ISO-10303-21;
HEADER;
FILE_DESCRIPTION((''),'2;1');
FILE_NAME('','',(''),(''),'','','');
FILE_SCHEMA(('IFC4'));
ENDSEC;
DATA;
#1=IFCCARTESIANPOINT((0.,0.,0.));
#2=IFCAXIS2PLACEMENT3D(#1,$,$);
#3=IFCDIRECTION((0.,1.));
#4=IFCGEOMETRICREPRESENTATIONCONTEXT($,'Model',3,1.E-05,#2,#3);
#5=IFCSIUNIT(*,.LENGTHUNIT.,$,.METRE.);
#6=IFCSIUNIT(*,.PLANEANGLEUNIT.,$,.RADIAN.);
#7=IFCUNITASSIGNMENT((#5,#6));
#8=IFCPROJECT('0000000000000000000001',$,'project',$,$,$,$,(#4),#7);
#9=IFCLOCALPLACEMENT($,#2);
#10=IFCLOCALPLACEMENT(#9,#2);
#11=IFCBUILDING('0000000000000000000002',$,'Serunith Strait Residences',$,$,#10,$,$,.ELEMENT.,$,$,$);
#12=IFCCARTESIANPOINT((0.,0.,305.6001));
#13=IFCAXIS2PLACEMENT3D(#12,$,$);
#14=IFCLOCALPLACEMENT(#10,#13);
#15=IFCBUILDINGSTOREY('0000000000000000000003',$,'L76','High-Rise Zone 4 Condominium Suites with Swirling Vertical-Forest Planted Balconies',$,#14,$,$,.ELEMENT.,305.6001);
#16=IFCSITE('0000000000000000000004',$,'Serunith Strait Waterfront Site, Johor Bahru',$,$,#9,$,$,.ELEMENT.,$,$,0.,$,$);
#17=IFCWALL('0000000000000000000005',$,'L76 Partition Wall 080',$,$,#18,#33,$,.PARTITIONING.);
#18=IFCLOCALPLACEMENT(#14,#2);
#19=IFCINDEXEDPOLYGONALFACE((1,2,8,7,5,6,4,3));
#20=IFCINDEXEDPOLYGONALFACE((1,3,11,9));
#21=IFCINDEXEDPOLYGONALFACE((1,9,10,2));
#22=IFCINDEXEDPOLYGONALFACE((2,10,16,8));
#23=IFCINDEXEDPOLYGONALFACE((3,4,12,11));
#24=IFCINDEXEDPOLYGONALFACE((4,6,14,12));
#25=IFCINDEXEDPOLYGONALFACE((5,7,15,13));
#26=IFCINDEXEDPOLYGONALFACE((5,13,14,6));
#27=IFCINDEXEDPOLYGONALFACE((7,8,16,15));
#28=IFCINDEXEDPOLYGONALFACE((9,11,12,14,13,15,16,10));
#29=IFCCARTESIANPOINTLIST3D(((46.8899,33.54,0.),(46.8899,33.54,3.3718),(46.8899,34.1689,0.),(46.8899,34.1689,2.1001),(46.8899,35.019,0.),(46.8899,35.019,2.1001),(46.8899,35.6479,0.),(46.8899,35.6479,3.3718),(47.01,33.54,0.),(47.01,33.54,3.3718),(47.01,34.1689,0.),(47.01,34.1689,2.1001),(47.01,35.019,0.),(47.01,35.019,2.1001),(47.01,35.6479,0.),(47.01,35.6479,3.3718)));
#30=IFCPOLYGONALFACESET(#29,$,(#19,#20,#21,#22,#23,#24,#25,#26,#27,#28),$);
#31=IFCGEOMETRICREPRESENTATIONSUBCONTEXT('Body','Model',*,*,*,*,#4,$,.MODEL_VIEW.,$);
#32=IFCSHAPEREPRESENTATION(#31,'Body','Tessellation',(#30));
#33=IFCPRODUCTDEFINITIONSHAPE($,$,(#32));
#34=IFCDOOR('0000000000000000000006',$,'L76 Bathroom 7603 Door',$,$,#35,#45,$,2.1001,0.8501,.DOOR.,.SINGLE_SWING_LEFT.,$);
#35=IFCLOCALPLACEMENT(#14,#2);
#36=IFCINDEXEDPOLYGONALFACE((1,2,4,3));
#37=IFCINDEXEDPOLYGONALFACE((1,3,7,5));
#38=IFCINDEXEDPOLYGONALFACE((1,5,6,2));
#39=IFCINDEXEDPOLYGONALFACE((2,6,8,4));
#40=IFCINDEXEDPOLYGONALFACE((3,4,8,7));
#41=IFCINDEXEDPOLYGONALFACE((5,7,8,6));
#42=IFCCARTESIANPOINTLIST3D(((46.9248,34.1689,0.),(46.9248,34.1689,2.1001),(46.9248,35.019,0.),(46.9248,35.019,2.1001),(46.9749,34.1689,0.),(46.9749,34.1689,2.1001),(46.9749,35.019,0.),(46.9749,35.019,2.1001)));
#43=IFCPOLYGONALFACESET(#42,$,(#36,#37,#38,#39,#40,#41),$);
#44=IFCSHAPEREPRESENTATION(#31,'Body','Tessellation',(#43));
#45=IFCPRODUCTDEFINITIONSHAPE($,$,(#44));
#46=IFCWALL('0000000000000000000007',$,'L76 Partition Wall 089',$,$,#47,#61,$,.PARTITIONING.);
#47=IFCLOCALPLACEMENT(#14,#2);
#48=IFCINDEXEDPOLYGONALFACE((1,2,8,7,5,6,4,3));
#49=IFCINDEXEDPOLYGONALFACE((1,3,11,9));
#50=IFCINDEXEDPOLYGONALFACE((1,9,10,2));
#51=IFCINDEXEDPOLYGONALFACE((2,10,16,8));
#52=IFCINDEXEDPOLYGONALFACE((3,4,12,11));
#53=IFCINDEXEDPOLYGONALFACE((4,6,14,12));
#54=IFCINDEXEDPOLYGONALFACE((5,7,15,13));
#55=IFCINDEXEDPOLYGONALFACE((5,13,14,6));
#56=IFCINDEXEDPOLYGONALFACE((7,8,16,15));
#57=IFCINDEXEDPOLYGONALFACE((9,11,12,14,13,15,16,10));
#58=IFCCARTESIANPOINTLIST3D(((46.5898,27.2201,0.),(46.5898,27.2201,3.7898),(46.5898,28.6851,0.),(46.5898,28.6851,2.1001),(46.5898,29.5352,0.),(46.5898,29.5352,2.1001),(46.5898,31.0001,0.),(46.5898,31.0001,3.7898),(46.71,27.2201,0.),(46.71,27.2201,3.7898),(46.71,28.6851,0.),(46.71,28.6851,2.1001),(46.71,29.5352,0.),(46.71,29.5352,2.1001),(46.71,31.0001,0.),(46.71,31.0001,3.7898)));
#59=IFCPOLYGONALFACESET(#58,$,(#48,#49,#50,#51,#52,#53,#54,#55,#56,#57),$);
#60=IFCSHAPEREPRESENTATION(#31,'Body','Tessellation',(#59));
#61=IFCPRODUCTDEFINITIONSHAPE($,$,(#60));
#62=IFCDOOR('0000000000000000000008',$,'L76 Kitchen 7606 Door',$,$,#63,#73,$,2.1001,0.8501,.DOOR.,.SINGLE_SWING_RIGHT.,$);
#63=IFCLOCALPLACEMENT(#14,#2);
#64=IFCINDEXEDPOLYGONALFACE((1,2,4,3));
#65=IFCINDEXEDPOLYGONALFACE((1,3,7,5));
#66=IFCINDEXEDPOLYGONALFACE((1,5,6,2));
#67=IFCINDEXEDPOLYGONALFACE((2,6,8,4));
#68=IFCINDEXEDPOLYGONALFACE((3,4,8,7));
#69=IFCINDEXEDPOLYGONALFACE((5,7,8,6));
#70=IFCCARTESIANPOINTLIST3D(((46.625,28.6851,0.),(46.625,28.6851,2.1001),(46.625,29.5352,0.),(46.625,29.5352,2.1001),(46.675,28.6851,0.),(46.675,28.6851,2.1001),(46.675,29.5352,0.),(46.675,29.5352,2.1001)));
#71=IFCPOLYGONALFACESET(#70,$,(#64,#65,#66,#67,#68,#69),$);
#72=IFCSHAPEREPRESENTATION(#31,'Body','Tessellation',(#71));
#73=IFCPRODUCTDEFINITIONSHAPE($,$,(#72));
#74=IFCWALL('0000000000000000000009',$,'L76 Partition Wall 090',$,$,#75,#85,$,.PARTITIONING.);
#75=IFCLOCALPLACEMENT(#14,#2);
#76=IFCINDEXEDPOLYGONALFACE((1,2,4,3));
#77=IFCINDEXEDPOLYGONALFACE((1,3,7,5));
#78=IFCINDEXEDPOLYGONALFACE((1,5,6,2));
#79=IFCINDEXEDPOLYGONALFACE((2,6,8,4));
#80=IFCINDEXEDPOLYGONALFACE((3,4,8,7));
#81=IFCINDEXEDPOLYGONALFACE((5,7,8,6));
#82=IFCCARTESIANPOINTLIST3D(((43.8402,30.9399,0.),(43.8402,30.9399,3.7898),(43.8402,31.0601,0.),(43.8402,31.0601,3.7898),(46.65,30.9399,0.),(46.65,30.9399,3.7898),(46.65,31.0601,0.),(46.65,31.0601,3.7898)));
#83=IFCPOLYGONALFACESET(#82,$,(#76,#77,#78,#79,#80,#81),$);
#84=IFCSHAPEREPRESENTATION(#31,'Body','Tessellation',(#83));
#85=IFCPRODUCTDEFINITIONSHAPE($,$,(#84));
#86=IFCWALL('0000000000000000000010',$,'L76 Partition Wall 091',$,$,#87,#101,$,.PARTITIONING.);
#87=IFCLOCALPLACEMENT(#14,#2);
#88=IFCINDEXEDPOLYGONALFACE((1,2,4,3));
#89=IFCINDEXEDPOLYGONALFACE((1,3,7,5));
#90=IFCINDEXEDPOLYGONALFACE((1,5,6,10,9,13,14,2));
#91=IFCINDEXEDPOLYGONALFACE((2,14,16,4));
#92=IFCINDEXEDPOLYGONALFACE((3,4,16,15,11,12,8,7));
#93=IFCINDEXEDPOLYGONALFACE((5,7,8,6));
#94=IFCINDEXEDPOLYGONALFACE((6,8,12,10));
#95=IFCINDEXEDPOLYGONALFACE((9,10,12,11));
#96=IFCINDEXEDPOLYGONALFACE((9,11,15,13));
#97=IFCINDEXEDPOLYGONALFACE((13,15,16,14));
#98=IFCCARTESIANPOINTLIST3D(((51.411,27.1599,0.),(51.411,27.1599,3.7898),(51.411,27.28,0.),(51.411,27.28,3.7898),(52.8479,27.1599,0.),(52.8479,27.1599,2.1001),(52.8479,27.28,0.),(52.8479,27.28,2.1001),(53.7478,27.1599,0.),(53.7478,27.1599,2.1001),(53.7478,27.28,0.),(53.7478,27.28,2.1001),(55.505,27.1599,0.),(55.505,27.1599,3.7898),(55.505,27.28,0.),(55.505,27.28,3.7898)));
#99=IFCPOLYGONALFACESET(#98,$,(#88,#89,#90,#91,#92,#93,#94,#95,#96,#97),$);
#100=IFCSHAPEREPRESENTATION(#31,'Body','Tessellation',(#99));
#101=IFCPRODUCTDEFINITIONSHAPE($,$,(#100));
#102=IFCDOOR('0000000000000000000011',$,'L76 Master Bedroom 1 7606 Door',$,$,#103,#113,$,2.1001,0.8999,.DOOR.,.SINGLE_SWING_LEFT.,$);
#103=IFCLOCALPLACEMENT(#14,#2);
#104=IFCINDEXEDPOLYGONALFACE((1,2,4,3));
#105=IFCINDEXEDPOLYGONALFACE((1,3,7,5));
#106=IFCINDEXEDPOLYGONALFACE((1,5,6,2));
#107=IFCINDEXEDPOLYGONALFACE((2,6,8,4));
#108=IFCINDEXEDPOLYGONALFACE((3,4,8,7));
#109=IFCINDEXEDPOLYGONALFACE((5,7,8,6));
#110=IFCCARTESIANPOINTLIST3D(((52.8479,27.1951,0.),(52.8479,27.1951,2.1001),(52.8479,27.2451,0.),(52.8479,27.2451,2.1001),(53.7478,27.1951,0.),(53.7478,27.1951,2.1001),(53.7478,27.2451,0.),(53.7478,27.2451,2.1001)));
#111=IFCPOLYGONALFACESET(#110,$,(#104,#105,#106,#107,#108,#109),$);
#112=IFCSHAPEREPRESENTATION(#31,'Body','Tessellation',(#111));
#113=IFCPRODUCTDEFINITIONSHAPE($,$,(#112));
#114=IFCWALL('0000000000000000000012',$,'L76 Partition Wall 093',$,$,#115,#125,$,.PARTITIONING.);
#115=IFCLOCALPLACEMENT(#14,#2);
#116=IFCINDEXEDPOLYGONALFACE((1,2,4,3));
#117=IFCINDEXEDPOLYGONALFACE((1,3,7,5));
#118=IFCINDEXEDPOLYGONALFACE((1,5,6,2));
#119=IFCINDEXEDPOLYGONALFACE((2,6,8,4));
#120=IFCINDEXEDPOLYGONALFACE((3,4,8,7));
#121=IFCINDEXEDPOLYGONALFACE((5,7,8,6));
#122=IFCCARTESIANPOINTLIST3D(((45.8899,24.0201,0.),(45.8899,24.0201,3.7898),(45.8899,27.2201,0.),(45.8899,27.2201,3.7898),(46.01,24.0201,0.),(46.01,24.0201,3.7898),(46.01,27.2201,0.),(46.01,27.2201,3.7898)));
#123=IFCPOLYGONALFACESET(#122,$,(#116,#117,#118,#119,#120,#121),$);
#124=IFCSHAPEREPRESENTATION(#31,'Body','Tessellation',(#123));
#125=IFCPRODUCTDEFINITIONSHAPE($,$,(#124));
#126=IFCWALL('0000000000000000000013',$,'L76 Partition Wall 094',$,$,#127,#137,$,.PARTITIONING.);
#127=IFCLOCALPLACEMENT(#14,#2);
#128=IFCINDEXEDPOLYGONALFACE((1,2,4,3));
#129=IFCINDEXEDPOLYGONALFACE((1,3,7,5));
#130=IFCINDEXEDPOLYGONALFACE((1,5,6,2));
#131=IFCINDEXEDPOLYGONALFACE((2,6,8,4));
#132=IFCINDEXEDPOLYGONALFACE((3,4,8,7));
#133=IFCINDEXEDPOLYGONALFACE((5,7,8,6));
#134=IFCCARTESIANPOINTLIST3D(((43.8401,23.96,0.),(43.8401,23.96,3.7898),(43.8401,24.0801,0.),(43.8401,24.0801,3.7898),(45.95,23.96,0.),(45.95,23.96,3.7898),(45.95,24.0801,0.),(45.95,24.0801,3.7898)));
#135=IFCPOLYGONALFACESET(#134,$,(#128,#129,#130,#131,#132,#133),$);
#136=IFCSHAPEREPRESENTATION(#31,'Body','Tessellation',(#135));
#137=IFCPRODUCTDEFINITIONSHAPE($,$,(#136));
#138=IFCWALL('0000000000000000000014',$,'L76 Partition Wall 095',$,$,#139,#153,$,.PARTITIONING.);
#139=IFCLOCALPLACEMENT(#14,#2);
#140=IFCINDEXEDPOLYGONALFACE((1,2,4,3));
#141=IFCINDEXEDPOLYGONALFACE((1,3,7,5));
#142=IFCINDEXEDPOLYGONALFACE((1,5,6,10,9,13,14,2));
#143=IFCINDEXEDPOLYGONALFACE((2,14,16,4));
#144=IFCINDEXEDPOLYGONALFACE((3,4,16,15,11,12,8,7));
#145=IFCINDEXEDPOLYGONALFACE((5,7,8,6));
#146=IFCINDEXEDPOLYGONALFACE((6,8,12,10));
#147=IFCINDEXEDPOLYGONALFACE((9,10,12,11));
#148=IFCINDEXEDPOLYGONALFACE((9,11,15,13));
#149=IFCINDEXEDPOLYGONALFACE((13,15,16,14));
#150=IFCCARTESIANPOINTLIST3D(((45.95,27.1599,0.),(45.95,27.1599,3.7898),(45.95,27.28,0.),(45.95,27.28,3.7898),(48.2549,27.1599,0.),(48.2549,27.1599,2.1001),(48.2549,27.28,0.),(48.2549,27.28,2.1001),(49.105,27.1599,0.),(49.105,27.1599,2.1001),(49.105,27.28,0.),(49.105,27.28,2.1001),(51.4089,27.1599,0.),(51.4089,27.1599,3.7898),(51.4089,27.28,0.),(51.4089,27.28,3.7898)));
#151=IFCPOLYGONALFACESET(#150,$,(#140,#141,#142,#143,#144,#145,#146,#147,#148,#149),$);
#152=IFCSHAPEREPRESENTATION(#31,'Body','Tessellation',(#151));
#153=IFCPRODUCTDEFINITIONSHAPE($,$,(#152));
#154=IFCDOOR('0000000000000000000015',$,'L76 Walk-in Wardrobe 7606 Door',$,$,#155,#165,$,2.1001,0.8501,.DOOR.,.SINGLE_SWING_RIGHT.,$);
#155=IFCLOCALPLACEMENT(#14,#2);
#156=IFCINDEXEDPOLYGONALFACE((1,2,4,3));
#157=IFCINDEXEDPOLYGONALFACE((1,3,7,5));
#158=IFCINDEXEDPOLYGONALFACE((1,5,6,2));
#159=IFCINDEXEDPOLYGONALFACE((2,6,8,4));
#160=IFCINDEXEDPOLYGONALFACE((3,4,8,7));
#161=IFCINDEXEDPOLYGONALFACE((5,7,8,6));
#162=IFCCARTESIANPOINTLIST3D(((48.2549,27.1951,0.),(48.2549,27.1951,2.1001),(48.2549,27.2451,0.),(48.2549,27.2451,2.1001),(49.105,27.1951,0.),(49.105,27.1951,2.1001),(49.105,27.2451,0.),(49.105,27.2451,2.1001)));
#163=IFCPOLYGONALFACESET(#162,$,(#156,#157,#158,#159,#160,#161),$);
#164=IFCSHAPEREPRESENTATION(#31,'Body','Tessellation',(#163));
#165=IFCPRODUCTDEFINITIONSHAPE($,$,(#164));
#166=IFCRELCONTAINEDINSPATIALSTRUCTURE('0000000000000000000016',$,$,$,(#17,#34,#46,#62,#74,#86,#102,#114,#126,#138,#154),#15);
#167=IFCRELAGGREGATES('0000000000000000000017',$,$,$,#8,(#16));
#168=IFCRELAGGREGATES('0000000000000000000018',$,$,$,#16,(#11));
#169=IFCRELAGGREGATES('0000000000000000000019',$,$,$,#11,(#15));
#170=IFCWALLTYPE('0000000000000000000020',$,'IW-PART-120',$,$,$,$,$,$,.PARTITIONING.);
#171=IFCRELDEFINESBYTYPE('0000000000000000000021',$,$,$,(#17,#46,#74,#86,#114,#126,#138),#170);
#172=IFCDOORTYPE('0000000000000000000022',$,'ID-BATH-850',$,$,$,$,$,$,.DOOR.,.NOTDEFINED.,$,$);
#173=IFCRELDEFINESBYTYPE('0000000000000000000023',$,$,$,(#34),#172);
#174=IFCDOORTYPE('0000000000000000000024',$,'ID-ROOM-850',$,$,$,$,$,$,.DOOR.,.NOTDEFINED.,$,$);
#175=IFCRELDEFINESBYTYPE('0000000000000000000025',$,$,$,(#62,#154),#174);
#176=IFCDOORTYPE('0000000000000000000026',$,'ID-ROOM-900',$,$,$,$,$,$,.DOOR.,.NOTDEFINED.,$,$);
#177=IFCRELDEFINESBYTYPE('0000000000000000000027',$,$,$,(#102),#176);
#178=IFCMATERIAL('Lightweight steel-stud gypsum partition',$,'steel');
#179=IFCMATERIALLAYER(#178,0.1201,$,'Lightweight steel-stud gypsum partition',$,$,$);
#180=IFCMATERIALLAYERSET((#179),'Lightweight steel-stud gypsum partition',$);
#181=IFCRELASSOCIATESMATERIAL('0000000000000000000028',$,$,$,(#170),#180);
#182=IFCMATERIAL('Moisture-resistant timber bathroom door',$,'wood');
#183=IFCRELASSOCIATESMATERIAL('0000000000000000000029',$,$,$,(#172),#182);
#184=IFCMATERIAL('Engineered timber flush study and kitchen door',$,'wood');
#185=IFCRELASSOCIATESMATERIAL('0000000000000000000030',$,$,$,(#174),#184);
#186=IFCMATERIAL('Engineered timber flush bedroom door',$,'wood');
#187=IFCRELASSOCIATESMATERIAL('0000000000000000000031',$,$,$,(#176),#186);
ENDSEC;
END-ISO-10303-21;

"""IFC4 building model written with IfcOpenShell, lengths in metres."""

from ifc_helpers import new_model, si_unit, direction, frame, frame_2d, origin, place, context, subcontext, project, spatial, rectangle, extrude, source, transform, mapped, material, layer, layer_set, type_object, element, fill, save


model = new_model("IFC4")

# Units and contexts
model_context = context("Model", 3, precision=1e-05, world=origin(), true_north=direction((0.0, 1.0)))
body_context = subcontext(model_context, "Body", "Model", "MODEL_VIEW")
ifc_project = project(units=[si_unit("LENGTHUNIT", "METRE"), si_unit("PLANEANGLEUNIT", "RADIAN")], contexts=[model_context])

# Site, building, storey
site_placement = place(None, origin())
site = spatial("IfcSite", under=ifc_project, at=site_placement, Name="Serunith Strait Waterfront Site, Johor Bahru", CompositionType="ELEMENT", RefElevation=0.0)
building_placement = place(site_placement, origin())
building = spatial("IfcBuilding", under=site, at=building_placement, Name="Serunith Strait Residences", CompositionType="ELEMENT")
storey_placement = place(building_placement, frame((0.0, 0.0, 305.6001)))
storey = spatial("IfcBuildingStorey", under=building, at=storey_placement, Name="L76", Description="High-Rise Zone 4 Condominium Suites with Swirling Vertical-Forest Planted Balconies", CompositionType="ELEMENT", Elevation=305.6001)

# Shared definitions
ifc_material_1 = material(Name="Lightweight steel-stud gypsum partition", Category="steel")
ifc_layer_1 = layer(ifc_material_1, 0.1201, Name="Lightweight steel-stud gypsum partition")
ifc_layer_set_1 = layer_set([ifc_layer_1], Name="Lightweight steel-stud gypsum partition")
wall_type_1 = type_object("IfcWallType", Name="IW-PART-120", PredefinedType="PARTITIONING", material=ifc_layer_set_1)

# Walls, openings, doors
wall_1_placement = place(storey_placement, frame((46.95, 35.6479, 0.0), z_axis=(0.0, 0.0, 1.0), x_axis=(0.0, -1.0, 0.0)))
wall_1 = element("IfcWall", 1, at=wall_1_placement, inside=storey, type_object=wall_type_1, Name="L76 Partition Wall 080", PredefinedType="PARTITIONING", context=body_context, shape_type="SweptSolid", body=[
    extrude(rectangle(XDim=2.1079, YDim=0.1201, at=frame_2d((1.054, 0.0))), origin(), (0.0, 0.0, 1.0), 3.3718),
])
opening_1_placement = place(wall_1_placement, frame((0.6289, 0.0, 0.0)))
opening_1 = element("IfcOpeningElement", 2, at=opening_1_placement, cuts=wall_1, PredefinedType="OPENING", context=body_context, shape_type="SweptSolid", body=[
    extrude(rectangle(XDim=0.8501, YDim=2.1001, at=frame_2d((0.425, 1.05))), frame((0.0, 0.0701, 0.0), z_axis=(0.0, -1.0, 0.0), x_axis=(1.0, 0.0, 0.0)), (0.0, 0.0, 1.0), 0.1401),
])
ifc_material_2 = material(Name="Moisture-resistant timber bathroom door", Category="wood")
door_type_1 = type_object("IfcDoorType", Name="ID-BATH-850", OperationType="NOTDEFINED", PredefinedType="DOOR", material=ifc_material_2)
shared_shape_1 = source(origin(), body_context, "Body", "SweptSolid", [
    extrude(rectangle(XDim=0.8501, YDim=2.1001, at=frame_2d((0.425, 1.05))), frame((0.0, 0.0249, 0.0), z_axis=(0.0, -1.0, 0.0), x_axis=(1.0, 0.0, 0.0)), (0.0, 0.0, 1.0), 0.05),
])
door_1_placement = place(opening_1_placement, origin())
door_1 = element("IfcDoor", 3, at=door_1_placement, inside=storey, type_object=door_type_1, Name="L76 Bathroom 7603 Door", OperationType="SINGLE_SWING_LEFT", OverallHeight=2.1001, OverallWidth=0.8501, PredefinedType="DOOR", context=body_context, shape_type="MappedRepresentation", body=[
    mapped(shared_shape_1, transform((0.0, 0.0, 0.0), scale=1.0)),
])
fill(opening_1, door_1)
wall_2_placement = place(storey_placement, frame((46.6499, 27.22, 0.0), z_axis=(0.0, 0.0, 1.0), x_axis=(0.0, 1.0, 0.0)))
wall_2 = element("IfcWall", 4, at=wall_2_placement, inside=storey, type_object=wall_type_1, Name="L76 Partition Wall 089", PredefinedType="PARTITIONING", context=body_context, shape_type="SweptSolid", body=[
    extrude(rectangle(XDim=3.78, YDim=0.1201, at=frame_2d((1.8901, 0.0))), origin(), (0.0, 0.0, 1.0), 3.7898),
])
opening_2_placement = place(wall_2_placement, frame((1.4651, 0.0, 0.0)))
opening_2 = element("IfcOpeningElement", 5, at=opening_2_placement, cuts=wall_2, PredefinedType="OPENING", context=body_context, shape_type="SweptSolid", body=[
    extrude(rectangle(XDim=0.8501, YDim=2.1001, at=frame_2d((0.425, 1.05))), frame((0.0, 0.0701, 0.0), z_axis=(0.0, -1.0, 0.0), x_axis=(1.0, 0.0, 0.0)), (0.0, 0.0, 1.0), 0.1401),
])
ifc_material_3 = material(Name="Engineered timber flush study and kitchen door", Category="wood")
door_type_2 = type_object("IfcDoorType", Name="ID-ROOM-850", OperationType="NOTDEFINED", PredefinedType="DOOR", material=ifc_material_3)
door_2_placement = place(opening_2_placement, origin())
door_2 = element("IfcDoor", 6, at=door_2_placement, inside=storey, type_object=door_type_2, Name="L76 Kitchen 7606 Door", OperationType="SINGLE_SWING_RIGHT", OverallHeight=2.1001, OverallWidth=0.8501, PredefinedType="DOOR", context=body_context, shape_type="MappedRepresentation", body=[
    mapped(shared_shape_1, transform((0.0, 0.0, 0.0), scale=1.0)),
])
fill(opening_2, door_2)

# Wall
wall_3_placement = place(storey_placement, frame((46.6499, 31.0, 0.0), z_axis=(0.0, 0.0, 1.0), x_axis=(-1.0, 0.0, 0.0)))
element("IfcWall", 7, at=wall_3_placement, inside=storey, type_object=wall_type_1, Name="L76 Partition Wall 090", PredefinedType="PARTITIONING", context=body_context, shape_type="SweptSolid", body=[
    extrude(rectangle(XDim=2.8098, YDim=0.1201, at=frame_2d((1.4048, 0.0))), origin(), (0.0, 0.0, 1.0), 3.7898),
])

# Wall, opening, door
wall_4_placement = place(storey_placement, frame((55.5049, 27.22, 0.0), z_axis=(0.0, 0.0, 1.0), x_axis=(-1.0, 0.0, 0.0)))
wall_4 = element("IfcWall", 8, at=wall_4_placement, inside=storey, type_object=wall_type_1, Name="L76 Partition Wall 091", PredefinedType="PARTITIONING", context=body_context, shape_type="SweptSolid", body=[
    extrude(rectangle(XDim=4.094, YDim=0.1201, at=frame_2d((2.0469, 0.0))), origin(), (0.0, 0.0, 1.0), 3.7898),
])
opening_3_placement = place(wall_4_placement, frame((1.7571, 0.0, 0.0)))
opening_3 = element("IfcOpeningElement", 9, at=opening_3_placement, cuts=wall_4, PredefinedType="OPENING", context=body_context, shape_type="SweptSolid", body=[
    extrude(rectangle(XDim=0.8999, YDim=2.1001, at=frame_2d((0.45, 1.05))), frame((0.0, 0.0701, 0.0), z_axis=(0.0, -1.0, 0.0), x_axis=(1.0, 0.0, 0.0)), (0.0, 0.0, 1.0), 0.1401),
])
ifc_material_4 = material(Name="Engineered timber flush bedroom door", Category="wood")
door_type_3 = type_object("IfcDoorType", Name="ID-ROOM-900", OperationType="NOTDEFINED", PredefinedType="DOOR", material=ifc_material_4)
shared_shape_2 = source(origin(), body_context, "Body", "SweptSolid", [
    extrude(rectangle(XDim=0.8999, YDim=2.1001, at=frame_2d((0.45, 1.05))), frame((0.0, 0.0249, 0.0), z_axis=(0.0, -1.0, 0.0), x_axis=(1.0, 0.0, 0.0)), (0.0, 0.0, 1.0), 0.05),
])
door_3_placement = place(opening_3_placement, origin())
door_3 = element("IfcDoor", 10, at=door_3_placement, inside=storey, type_object=door_type_3, Name="L76 Master Bedroom 1 7606 Door", OperationType="SINGLE_SWING_LEFT", OverallHeight=2.1001, OverallWidth=0.8999, PredefinedType="DOOR", context=body_context, shape_type="MappedRepresentation", body=[
    mapped(shared_shape_2, transform((0.0, 0.0, 0.0), scale=1.0)),
])
fill(opening_3, door_3)

# Walls
wall_5_placement = place(storey_placement, frame((45.95, 24.02, 0.0), z_axis=(0.0, 0.0, 1.0), x_axis=(0.0, 1.0, 0.0)))
element("IfcWall", 11, at=wall_5_placement, inside=storey, type_object=wall_type_1, Name="L76 Partition Wall 093", PredefinedType="PARTITIONING", context=body_context, shape_type="SweptSolid", body=[
    extrude(rectangle(XDim=3.2, YDim=0.1201, at=frame_2d((1.6001, 0.0))), origin(), (0.0, 0.0, 1.0), 3.7898),
])
wall_6_placement = place(storey_placement, frame((45.95, 24.02, 0.0), z_axis=(0.0, 0.0, 1.0), x_axis=(-1.0, 0.0, 0.0)))
element("IfcWall", 12, at=wall_6_placement, inside=storey, type_object=wall_type_1, Name="L76 Partition Wall 094", PredefinedType="PARTITIONING", context=body_context, shape_type="SweptSolid", body=[
    extrude(rectangle(XDim=2.1099, YDim=0.1201, at=frame_2d((1.0549, 0.0))), origin(), (0.0, 0.0, 1.0), 3.7898),
])

# Wall, opening, door
wall_7_placement = place(storey_placement, frame((51.4089, 27.22, 0.0), z_axis=(0.0, 0.0, 1.0), x_axis=(-1.0, 0.0, 0.0)))
wall_7 = element("IfcWall", 13, at=wall_7_placement, inside=storey, type_object=wall_type_1, Name="L76 Partition Wall 095", PredefinedType="PARTITIONING", context=body_context, shape_type="SweptSolid", body=[
    extrude(rectangle(XDim=5.459, YDim=0.1201, at=frame_2d((2.7295, 0.0))), origin(), (0.0, 0.0, 1.0), 3.7898),
])
opening_4_placement = place(wall_7_placement, frame((2.304, 0.0, 0.0)))
opening_4 = element("IfcOpeningElement", 14, at=opening_4_placement, cuts=wall_7, PredefinedType="OPENING", context=body_context, shape_type="SweptSolid", body=[
    extrude(rectangle(XDim=0.8501, YDim=2.1001, at=frame_2d((0.425, 1.05))), frame((0.0, 0.0701, 0.0), z_axis=(0.0, -1.0, 0.0), x_axis=(1.0, 0.0, 0.0)), (0.0, 0.0, 1.0), 0.1401),
])
door_4_placement = place(opening_4_placement, origin())
door_4 = element("IfcDoor", 15, at=door_4_placement, inside=storey, type_object=door_type_2, Name="L76 Walk-in Wardrobe 7606 Door", OperationType="SINGLE_SWING_RIGHT", OverallHeight=2.1001, OverallWidth=0.8501, PredefinedType="DOOR", context=body_context, shape_type="MappedRepresentation", body=[
    mapped(shared_shape_1, transform((0.0, 0.0, 0.0), scale=1.0)),
])
fill(opening_4, door_4)

save(model, "model.ifc")
